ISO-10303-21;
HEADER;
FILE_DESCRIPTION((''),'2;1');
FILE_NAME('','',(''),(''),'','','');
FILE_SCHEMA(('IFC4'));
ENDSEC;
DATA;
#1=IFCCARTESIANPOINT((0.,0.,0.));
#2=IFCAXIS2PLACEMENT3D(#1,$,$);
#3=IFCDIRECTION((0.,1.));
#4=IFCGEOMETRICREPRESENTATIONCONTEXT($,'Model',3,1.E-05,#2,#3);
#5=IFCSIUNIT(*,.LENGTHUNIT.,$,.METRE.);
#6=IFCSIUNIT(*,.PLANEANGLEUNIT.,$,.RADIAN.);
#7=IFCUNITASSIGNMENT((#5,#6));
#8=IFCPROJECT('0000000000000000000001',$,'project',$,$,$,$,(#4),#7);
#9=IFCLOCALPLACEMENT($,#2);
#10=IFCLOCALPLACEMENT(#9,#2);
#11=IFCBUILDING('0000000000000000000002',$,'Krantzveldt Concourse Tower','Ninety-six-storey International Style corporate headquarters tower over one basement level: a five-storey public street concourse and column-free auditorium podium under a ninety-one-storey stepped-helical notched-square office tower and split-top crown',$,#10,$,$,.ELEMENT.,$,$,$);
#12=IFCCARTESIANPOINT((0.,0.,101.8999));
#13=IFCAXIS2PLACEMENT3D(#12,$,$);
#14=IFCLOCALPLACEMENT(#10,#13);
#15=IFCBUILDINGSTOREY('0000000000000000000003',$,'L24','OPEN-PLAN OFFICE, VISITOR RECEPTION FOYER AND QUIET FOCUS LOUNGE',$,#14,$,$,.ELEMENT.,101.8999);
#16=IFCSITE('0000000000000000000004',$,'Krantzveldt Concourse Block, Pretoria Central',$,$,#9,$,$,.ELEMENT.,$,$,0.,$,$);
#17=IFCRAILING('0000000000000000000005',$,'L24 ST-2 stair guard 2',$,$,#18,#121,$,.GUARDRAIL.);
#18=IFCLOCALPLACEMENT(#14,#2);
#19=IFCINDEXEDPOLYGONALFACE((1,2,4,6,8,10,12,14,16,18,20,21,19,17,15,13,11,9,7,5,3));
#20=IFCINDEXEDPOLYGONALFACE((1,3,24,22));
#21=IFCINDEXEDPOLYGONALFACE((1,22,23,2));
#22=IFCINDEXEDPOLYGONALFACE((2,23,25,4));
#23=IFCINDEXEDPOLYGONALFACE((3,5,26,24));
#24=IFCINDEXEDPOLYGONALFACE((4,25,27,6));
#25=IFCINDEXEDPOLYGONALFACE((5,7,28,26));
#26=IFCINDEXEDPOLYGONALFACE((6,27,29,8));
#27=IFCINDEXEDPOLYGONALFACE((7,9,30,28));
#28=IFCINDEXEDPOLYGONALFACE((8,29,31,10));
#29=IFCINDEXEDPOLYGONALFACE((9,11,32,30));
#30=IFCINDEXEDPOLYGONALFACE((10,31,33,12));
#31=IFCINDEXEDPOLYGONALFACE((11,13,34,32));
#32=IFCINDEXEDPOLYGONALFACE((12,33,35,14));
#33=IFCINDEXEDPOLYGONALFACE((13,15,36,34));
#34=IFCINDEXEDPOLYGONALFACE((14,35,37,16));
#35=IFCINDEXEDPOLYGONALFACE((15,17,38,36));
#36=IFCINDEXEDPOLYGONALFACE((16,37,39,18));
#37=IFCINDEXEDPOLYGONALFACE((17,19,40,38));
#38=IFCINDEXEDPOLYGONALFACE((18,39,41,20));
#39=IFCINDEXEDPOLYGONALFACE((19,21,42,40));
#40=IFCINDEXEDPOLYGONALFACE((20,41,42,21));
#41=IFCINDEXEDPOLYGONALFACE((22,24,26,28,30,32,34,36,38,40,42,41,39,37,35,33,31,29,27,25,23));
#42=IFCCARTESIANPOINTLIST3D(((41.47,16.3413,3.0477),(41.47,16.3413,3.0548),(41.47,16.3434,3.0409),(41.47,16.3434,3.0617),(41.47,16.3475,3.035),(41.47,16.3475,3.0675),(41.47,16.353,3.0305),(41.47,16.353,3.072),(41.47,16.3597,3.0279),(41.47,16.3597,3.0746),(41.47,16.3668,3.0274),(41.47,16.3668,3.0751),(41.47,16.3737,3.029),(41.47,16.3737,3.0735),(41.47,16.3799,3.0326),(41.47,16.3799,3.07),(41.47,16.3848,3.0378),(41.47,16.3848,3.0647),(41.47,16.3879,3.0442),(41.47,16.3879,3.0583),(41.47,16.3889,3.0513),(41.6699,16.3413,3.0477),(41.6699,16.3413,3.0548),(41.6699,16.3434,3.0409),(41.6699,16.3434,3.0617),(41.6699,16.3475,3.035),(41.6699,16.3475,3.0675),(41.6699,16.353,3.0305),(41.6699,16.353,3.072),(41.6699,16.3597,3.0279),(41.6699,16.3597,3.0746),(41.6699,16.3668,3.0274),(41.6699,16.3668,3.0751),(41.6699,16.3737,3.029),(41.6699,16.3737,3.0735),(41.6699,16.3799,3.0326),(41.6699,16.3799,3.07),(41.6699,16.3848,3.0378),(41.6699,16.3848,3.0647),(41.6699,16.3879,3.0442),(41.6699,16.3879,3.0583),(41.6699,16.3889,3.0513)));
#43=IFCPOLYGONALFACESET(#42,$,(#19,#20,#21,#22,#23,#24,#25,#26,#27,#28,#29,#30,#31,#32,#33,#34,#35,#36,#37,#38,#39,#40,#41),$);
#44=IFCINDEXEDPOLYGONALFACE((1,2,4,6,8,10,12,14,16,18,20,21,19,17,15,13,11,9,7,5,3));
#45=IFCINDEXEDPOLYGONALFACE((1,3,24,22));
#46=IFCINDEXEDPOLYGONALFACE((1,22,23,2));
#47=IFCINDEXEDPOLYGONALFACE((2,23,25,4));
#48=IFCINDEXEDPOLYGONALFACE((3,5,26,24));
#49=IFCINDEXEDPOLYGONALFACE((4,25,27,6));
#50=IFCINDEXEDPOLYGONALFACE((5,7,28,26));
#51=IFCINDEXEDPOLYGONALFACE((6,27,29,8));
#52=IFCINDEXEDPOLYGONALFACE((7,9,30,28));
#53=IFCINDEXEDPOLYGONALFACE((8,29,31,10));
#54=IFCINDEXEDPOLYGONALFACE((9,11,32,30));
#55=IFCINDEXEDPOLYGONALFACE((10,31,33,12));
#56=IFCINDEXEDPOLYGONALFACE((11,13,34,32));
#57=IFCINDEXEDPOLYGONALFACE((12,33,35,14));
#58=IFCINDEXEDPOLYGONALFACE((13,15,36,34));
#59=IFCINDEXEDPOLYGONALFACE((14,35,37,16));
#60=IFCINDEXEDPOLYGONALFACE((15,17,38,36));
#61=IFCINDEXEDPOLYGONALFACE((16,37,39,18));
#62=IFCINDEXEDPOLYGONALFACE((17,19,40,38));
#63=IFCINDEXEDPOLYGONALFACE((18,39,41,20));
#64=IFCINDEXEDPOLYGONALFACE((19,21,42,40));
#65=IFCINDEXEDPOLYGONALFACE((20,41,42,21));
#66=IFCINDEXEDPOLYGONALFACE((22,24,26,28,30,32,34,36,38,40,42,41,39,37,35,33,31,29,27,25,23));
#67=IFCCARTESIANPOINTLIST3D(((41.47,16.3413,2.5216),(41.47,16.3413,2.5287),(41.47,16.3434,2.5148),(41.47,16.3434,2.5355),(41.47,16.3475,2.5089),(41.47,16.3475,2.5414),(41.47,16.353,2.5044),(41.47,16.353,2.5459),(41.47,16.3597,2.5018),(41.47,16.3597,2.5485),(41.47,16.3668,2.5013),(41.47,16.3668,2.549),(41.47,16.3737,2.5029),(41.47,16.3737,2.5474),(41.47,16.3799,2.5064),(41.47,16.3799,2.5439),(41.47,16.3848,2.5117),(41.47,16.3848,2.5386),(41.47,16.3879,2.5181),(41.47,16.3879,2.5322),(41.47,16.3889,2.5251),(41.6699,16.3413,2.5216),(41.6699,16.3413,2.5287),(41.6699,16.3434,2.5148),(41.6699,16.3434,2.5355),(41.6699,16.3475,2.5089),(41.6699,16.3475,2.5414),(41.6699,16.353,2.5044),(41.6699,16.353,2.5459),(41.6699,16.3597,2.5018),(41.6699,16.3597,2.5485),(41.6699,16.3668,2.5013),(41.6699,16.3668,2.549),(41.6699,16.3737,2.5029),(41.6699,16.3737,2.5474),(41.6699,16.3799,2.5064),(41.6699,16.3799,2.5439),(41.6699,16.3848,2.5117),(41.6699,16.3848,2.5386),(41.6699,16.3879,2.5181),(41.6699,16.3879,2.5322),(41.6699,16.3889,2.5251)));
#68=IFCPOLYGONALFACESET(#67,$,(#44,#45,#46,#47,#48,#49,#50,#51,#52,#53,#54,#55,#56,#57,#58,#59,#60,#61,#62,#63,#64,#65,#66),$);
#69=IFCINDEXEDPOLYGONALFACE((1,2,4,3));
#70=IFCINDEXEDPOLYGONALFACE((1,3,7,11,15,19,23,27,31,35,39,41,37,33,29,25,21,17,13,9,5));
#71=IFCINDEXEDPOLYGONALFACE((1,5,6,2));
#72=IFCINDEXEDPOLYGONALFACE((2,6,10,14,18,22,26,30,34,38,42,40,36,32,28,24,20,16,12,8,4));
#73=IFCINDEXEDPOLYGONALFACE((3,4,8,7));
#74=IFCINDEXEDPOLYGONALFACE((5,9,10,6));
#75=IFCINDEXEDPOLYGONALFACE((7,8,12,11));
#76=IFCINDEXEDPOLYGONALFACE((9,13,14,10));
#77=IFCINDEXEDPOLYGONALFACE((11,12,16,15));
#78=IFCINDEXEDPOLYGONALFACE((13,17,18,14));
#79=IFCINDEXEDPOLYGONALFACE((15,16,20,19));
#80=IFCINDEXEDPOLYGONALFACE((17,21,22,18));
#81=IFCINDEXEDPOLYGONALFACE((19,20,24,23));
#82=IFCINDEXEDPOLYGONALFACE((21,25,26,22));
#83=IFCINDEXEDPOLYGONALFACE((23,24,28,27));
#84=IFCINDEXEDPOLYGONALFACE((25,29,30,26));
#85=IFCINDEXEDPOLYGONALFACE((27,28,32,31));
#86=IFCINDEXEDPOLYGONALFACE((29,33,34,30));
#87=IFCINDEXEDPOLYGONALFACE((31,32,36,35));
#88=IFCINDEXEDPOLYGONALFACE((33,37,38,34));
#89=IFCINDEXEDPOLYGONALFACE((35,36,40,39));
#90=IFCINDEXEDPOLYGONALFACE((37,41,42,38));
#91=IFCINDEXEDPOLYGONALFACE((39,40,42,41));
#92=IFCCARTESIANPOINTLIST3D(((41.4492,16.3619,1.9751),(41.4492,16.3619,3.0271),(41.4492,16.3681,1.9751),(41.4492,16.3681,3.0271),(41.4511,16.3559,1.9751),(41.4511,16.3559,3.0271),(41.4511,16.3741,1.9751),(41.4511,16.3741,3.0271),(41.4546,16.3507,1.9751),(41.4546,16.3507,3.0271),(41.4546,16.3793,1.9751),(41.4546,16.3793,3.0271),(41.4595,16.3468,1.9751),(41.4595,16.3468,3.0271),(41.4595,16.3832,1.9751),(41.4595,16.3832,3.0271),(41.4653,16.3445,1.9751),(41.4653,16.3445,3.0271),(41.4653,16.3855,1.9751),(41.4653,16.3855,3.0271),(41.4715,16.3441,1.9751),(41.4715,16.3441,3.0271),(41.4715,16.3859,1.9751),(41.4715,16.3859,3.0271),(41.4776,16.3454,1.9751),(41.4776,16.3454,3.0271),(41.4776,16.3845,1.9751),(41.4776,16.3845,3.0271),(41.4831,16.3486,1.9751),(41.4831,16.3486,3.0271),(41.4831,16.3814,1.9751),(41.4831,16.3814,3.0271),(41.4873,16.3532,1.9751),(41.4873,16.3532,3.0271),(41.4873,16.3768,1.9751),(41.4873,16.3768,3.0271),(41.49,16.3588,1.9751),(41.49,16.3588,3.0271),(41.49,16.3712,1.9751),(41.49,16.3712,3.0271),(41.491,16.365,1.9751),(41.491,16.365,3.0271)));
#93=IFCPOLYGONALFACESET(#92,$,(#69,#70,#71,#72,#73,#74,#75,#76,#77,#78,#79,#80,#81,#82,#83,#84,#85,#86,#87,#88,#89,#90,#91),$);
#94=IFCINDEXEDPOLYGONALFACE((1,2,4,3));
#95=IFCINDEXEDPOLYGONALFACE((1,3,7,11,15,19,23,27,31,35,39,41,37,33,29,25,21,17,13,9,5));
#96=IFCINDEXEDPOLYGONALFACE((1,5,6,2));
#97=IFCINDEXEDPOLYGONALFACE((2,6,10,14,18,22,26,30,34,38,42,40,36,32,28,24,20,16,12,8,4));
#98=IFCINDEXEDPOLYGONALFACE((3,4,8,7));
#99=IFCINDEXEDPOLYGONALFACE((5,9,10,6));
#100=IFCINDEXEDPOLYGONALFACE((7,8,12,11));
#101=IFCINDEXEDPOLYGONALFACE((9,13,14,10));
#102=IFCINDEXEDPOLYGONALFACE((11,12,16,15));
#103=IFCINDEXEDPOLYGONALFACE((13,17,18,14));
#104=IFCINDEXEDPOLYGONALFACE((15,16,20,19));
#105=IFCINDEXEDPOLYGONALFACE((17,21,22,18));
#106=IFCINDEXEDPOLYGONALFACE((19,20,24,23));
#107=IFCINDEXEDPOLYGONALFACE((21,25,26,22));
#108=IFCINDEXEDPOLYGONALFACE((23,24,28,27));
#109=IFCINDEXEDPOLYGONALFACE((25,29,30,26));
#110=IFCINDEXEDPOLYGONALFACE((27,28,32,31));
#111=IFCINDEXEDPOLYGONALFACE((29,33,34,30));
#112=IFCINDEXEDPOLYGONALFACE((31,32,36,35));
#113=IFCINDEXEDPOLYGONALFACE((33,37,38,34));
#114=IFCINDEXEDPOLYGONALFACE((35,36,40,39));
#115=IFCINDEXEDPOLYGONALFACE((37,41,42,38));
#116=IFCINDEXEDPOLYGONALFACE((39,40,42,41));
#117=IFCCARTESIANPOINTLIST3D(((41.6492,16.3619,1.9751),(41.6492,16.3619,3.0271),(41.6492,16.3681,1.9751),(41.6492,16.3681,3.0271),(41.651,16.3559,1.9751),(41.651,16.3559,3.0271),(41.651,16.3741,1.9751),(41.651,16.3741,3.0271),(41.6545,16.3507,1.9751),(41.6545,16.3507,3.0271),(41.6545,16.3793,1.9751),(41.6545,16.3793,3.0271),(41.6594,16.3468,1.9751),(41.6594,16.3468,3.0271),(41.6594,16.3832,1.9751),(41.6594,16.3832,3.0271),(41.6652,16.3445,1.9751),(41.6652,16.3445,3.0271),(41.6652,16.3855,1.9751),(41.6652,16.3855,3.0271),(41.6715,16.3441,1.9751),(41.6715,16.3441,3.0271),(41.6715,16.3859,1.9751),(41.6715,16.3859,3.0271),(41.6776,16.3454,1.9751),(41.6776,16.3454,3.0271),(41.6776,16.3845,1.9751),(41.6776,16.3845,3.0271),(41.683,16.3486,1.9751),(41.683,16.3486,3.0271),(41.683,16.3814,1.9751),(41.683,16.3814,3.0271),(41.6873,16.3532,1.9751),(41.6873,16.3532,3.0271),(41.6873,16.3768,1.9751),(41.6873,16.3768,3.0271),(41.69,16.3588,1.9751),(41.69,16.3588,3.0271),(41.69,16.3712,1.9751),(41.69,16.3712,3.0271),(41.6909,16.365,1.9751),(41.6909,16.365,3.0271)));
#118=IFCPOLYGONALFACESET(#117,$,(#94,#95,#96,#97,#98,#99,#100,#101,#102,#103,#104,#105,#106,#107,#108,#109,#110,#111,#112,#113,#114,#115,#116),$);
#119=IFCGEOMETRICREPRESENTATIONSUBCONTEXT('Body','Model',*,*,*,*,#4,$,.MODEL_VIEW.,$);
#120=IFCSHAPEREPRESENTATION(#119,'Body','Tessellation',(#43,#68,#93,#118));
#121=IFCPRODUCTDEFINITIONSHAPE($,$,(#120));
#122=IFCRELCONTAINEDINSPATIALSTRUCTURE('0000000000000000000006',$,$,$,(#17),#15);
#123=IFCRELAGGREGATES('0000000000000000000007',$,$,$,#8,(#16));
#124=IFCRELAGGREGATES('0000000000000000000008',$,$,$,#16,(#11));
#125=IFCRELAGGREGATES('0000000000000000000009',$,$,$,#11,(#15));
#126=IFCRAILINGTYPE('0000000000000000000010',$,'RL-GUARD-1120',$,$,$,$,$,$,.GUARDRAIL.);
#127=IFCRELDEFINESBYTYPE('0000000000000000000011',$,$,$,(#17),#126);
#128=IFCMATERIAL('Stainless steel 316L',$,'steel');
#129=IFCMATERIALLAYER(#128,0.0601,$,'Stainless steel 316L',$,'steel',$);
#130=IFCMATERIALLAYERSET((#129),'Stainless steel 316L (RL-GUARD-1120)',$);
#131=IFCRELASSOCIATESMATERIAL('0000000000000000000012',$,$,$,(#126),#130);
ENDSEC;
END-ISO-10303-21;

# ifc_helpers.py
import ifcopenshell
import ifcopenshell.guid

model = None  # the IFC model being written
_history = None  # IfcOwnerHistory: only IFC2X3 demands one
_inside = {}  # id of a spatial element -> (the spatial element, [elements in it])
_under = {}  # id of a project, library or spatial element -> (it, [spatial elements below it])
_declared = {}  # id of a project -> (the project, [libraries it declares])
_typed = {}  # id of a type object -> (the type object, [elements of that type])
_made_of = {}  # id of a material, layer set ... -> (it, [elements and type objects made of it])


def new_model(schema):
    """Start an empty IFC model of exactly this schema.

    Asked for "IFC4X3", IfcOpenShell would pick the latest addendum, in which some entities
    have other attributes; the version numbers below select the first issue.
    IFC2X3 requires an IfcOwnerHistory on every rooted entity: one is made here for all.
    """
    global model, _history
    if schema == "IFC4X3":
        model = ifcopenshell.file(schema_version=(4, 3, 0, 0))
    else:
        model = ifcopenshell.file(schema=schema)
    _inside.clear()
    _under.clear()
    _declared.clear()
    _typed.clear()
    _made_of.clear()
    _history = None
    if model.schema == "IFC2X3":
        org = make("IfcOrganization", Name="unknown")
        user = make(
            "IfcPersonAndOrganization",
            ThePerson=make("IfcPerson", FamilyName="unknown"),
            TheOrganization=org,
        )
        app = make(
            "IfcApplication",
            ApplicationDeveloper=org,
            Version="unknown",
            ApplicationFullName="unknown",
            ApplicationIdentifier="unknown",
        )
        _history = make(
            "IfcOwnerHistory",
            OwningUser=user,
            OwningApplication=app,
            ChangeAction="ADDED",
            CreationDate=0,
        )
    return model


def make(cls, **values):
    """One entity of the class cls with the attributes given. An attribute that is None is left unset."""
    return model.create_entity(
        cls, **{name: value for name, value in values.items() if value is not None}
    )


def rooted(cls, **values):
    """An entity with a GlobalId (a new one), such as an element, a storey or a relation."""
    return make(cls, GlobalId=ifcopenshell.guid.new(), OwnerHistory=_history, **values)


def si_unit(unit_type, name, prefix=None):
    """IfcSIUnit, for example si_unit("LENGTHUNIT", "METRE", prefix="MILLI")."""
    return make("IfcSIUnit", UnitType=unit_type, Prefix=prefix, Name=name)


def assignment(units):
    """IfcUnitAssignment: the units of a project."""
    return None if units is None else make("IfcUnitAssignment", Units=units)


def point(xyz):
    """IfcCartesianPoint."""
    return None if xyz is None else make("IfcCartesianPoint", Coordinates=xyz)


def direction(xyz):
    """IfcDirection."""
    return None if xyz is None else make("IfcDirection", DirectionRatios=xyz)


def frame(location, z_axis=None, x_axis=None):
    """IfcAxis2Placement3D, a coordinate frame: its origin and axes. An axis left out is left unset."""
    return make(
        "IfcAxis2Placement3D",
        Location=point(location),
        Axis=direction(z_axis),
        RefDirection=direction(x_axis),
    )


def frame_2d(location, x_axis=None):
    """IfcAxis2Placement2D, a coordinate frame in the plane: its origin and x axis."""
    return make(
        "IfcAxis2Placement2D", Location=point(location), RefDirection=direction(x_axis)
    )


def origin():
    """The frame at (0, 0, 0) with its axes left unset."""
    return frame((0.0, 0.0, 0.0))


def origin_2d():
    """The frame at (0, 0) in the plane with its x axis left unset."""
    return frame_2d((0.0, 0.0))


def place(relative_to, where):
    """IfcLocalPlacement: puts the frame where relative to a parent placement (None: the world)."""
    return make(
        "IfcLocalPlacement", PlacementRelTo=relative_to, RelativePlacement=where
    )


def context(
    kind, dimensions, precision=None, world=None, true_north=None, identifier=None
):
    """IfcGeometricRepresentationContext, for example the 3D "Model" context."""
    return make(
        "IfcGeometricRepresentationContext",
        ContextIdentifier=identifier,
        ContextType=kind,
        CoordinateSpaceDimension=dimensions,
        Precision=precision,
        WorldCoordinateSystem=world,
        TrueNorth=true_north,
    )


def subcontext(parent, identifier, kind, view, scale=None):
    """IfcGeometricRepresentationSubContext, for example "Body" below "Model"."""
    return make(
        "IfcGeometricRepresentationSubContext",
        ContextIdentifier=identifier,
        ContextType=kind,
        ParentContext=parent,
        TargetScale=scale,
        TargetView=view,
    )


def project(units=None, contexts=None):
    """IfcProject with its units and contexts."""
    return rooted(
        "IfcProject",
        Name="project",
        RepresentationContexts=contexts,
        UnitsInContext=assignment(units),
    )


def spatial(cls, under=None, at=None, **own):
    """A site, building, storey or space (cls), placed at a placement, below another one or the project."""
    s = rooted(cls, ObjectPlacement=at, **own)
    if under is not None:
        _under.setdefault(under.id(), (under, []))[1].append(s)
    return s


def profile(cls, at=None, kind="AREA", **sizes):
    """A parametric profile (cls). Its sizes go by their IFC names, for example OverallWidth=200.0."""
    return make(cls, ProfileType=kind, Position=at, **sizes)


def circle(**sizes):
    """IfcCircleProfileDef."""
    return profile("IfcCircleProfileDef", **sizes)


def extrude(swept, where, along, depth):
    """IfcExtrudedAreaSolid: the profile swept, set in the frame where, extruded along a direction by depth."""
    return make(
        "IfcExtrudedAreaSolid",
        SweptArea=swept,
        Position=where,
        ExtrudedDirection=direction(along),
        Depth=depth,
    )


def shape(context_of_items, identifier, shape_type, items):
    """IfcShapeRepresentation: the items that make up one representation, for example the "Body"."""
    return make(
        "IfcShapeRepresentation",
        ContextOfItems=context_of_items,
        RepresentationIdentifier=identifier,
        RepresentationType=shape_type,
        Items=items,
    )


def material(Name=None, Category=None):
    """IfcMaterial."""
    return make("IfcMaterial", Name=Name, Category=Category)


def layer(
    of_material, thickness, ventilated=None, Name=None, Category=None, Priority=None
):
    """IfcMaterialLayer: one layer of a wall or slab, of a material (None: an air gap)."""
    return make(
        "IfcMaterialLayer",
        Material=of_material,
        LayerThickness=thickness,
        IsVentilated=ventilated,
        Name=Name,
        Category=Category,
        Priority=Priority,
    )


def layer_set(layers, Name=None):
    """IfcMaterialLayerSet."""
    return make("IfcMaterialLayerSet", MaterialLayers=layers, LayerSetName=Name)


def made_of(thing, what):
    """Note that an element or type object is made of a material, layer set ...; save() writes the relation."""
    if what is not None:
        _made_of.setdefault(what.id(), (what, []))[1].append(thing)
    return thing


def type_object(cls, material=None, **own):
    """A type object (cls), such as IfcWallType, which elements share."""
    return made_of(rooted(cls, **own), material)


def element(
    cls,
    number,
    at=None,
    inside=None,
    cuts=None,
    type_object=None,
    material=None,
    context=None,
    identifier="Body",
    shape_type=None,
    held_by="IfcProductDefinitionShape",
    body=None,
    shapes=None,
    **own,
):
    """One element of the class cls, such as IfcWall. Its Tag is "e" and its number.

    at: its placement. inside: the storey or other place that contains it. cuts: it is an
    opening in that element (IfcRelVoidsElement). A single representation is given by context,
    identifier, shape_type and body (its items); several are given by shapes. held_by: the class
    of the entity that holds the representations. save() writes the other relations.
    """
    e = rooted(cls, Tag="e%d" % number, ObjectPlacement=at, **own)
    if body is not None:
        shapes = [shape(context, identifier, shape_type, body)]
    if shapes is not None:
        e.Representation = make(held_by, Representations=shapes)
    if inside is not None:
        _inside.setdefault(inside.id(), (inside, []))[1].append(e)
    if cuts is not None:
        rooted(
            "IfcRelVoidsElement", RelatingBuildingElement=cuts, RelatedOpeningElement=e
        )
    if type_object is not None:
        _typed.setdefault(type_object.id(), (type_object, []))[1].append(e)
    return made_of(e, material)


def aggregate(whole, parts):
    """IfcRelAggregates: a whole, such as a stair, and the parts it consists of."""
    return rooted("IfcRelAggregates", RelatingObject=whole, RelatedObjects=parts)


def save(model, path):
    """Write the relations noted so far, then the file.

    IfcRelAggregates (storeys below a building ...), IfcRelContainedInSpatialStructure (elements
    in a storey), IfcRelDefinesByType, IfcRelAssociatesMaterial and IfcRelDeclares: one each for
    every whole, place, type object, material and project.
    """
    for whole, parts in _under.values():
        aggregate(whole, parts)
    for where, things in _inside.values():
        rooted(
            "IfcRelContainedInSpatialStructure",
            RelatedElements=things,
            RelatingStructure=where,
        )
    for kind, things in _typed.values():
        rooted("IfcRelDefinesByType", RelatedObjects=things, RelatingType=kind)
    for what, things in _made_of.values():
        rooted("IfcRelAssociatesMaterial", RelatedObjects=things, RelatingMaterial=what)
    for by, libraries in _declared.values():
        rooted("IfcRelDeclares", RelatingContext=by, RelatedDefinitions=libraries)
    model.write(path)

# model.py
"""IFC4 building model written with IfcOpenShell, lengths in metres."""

from ifc_helpers import new_model, si_unit, direction, frame, origin, origin_2d, place, context, subcontext, project, spatial, circle, extrude, material, layer, layer_set, type_object, element, save


model = new_model("IFC4")

# Units and contexts
model_context = context("Model", 3, precision=1e-05, world=origin(), true_north=direction((0.0, 1.0)))
body_context = subcontext(model_context, "Body", "Model", "MODEL_VIEW")
ifc_project = project(units=[si_unit("LENGTHUNIT", "METRE"), si_unit("PLANEANGLEUNIT", "RADIAN")], contexts=[model_context])

# Site, building, storey
site_placement = place(None, origin())
site = spatial("IfcSite", under=ifc_project, at=site_placement, Name="Krantzveldt Concourse Block, Pretoria Central", CompositionType="ELEMENT", RefElevation=0.0)
building_placement = place(site_placement, origin())
building = spatial("IfcBuilding", under=site, at=building_placement, Name="Krantzveldt Concourse Tower", Description="Ninety-six-storey International Style corporate headquarters tower over one basement level: a five-storey public street concourse and column-free auditorium podium under a ninety-one-storey stepped-helical notched-square office tower and split-top crown", CompositionType="ELEMENT")
storey_placement = place(building_placement, frame((0.0, 0.0, 101.8999)))
storey = spatial("IfcBuildingStorey", under=building, at=storey_placement, Name="L24", Description="OPEN-PLAN OFFICE, VISITOR RECEPTION FOYER AND QUIET FOCUS LOUNGE", CompositionType="ELEMENT", Elevation=101.8999)

# Shared definitions
ifc_material_1 = material(Name="Stainless steel 316L", Category="steel")

# Railing
ifc_layer_1 = layer(ifc_material_1, 0.0601, Name="Stainless steel 316L", Category="steel")
ifc_layer_set_1 = layer_set([ifc_layer_1], Name="Stainless steel 316L (RL-GUARD-1120)")
railing_type_1 = type_object("IfcRailingType", Name="RL-GUARD-1120", PredefinedType="GUARDRAIL", material=ifc_layer_set_1)
railing_1_placement = place(storey_placement, frame((41.47, 16.365, 1.9751)))
element("IfcRailing", 1, at=railing_1_placement, inside=storey, type_object=railing_type_1, Name="L24 ST-2 stair guard 2", PredefinedType="GUARDRAIL", context=body_context, shape_type="SweptSolid", body=[
    extrude(circle(Radius=0.0239, at=origin_2d()), frame((0.0, 0.0, 1.0762), z_axis=(1.0, 0.0, 0.0), x_axis=(0.0, 1.0, 0.0)), (0.0, 0.0, 1.0), 0.2),
    extrude(circle(Radius=0.0239, at=origin_2d()), frame((0.0, 0.0, 0.55), z_axis=(1.0, 0.0, 0.0), x_axis=(0.0, 1.0, 0.0)), (0.0, 0.0, 1.0), 0.2),
    extrude(circle(Radius=0.021, at=origin_2d()), origin(), (0.0, 0.0, 1.0), 1.052),
    extrude(circle(Radius=0.021, at=origin_2d()), frame((0.2, 0.0, 0.0)), (0.0, 0.0, 1.0), 1.052),
])

save(model, "model.ifc")
